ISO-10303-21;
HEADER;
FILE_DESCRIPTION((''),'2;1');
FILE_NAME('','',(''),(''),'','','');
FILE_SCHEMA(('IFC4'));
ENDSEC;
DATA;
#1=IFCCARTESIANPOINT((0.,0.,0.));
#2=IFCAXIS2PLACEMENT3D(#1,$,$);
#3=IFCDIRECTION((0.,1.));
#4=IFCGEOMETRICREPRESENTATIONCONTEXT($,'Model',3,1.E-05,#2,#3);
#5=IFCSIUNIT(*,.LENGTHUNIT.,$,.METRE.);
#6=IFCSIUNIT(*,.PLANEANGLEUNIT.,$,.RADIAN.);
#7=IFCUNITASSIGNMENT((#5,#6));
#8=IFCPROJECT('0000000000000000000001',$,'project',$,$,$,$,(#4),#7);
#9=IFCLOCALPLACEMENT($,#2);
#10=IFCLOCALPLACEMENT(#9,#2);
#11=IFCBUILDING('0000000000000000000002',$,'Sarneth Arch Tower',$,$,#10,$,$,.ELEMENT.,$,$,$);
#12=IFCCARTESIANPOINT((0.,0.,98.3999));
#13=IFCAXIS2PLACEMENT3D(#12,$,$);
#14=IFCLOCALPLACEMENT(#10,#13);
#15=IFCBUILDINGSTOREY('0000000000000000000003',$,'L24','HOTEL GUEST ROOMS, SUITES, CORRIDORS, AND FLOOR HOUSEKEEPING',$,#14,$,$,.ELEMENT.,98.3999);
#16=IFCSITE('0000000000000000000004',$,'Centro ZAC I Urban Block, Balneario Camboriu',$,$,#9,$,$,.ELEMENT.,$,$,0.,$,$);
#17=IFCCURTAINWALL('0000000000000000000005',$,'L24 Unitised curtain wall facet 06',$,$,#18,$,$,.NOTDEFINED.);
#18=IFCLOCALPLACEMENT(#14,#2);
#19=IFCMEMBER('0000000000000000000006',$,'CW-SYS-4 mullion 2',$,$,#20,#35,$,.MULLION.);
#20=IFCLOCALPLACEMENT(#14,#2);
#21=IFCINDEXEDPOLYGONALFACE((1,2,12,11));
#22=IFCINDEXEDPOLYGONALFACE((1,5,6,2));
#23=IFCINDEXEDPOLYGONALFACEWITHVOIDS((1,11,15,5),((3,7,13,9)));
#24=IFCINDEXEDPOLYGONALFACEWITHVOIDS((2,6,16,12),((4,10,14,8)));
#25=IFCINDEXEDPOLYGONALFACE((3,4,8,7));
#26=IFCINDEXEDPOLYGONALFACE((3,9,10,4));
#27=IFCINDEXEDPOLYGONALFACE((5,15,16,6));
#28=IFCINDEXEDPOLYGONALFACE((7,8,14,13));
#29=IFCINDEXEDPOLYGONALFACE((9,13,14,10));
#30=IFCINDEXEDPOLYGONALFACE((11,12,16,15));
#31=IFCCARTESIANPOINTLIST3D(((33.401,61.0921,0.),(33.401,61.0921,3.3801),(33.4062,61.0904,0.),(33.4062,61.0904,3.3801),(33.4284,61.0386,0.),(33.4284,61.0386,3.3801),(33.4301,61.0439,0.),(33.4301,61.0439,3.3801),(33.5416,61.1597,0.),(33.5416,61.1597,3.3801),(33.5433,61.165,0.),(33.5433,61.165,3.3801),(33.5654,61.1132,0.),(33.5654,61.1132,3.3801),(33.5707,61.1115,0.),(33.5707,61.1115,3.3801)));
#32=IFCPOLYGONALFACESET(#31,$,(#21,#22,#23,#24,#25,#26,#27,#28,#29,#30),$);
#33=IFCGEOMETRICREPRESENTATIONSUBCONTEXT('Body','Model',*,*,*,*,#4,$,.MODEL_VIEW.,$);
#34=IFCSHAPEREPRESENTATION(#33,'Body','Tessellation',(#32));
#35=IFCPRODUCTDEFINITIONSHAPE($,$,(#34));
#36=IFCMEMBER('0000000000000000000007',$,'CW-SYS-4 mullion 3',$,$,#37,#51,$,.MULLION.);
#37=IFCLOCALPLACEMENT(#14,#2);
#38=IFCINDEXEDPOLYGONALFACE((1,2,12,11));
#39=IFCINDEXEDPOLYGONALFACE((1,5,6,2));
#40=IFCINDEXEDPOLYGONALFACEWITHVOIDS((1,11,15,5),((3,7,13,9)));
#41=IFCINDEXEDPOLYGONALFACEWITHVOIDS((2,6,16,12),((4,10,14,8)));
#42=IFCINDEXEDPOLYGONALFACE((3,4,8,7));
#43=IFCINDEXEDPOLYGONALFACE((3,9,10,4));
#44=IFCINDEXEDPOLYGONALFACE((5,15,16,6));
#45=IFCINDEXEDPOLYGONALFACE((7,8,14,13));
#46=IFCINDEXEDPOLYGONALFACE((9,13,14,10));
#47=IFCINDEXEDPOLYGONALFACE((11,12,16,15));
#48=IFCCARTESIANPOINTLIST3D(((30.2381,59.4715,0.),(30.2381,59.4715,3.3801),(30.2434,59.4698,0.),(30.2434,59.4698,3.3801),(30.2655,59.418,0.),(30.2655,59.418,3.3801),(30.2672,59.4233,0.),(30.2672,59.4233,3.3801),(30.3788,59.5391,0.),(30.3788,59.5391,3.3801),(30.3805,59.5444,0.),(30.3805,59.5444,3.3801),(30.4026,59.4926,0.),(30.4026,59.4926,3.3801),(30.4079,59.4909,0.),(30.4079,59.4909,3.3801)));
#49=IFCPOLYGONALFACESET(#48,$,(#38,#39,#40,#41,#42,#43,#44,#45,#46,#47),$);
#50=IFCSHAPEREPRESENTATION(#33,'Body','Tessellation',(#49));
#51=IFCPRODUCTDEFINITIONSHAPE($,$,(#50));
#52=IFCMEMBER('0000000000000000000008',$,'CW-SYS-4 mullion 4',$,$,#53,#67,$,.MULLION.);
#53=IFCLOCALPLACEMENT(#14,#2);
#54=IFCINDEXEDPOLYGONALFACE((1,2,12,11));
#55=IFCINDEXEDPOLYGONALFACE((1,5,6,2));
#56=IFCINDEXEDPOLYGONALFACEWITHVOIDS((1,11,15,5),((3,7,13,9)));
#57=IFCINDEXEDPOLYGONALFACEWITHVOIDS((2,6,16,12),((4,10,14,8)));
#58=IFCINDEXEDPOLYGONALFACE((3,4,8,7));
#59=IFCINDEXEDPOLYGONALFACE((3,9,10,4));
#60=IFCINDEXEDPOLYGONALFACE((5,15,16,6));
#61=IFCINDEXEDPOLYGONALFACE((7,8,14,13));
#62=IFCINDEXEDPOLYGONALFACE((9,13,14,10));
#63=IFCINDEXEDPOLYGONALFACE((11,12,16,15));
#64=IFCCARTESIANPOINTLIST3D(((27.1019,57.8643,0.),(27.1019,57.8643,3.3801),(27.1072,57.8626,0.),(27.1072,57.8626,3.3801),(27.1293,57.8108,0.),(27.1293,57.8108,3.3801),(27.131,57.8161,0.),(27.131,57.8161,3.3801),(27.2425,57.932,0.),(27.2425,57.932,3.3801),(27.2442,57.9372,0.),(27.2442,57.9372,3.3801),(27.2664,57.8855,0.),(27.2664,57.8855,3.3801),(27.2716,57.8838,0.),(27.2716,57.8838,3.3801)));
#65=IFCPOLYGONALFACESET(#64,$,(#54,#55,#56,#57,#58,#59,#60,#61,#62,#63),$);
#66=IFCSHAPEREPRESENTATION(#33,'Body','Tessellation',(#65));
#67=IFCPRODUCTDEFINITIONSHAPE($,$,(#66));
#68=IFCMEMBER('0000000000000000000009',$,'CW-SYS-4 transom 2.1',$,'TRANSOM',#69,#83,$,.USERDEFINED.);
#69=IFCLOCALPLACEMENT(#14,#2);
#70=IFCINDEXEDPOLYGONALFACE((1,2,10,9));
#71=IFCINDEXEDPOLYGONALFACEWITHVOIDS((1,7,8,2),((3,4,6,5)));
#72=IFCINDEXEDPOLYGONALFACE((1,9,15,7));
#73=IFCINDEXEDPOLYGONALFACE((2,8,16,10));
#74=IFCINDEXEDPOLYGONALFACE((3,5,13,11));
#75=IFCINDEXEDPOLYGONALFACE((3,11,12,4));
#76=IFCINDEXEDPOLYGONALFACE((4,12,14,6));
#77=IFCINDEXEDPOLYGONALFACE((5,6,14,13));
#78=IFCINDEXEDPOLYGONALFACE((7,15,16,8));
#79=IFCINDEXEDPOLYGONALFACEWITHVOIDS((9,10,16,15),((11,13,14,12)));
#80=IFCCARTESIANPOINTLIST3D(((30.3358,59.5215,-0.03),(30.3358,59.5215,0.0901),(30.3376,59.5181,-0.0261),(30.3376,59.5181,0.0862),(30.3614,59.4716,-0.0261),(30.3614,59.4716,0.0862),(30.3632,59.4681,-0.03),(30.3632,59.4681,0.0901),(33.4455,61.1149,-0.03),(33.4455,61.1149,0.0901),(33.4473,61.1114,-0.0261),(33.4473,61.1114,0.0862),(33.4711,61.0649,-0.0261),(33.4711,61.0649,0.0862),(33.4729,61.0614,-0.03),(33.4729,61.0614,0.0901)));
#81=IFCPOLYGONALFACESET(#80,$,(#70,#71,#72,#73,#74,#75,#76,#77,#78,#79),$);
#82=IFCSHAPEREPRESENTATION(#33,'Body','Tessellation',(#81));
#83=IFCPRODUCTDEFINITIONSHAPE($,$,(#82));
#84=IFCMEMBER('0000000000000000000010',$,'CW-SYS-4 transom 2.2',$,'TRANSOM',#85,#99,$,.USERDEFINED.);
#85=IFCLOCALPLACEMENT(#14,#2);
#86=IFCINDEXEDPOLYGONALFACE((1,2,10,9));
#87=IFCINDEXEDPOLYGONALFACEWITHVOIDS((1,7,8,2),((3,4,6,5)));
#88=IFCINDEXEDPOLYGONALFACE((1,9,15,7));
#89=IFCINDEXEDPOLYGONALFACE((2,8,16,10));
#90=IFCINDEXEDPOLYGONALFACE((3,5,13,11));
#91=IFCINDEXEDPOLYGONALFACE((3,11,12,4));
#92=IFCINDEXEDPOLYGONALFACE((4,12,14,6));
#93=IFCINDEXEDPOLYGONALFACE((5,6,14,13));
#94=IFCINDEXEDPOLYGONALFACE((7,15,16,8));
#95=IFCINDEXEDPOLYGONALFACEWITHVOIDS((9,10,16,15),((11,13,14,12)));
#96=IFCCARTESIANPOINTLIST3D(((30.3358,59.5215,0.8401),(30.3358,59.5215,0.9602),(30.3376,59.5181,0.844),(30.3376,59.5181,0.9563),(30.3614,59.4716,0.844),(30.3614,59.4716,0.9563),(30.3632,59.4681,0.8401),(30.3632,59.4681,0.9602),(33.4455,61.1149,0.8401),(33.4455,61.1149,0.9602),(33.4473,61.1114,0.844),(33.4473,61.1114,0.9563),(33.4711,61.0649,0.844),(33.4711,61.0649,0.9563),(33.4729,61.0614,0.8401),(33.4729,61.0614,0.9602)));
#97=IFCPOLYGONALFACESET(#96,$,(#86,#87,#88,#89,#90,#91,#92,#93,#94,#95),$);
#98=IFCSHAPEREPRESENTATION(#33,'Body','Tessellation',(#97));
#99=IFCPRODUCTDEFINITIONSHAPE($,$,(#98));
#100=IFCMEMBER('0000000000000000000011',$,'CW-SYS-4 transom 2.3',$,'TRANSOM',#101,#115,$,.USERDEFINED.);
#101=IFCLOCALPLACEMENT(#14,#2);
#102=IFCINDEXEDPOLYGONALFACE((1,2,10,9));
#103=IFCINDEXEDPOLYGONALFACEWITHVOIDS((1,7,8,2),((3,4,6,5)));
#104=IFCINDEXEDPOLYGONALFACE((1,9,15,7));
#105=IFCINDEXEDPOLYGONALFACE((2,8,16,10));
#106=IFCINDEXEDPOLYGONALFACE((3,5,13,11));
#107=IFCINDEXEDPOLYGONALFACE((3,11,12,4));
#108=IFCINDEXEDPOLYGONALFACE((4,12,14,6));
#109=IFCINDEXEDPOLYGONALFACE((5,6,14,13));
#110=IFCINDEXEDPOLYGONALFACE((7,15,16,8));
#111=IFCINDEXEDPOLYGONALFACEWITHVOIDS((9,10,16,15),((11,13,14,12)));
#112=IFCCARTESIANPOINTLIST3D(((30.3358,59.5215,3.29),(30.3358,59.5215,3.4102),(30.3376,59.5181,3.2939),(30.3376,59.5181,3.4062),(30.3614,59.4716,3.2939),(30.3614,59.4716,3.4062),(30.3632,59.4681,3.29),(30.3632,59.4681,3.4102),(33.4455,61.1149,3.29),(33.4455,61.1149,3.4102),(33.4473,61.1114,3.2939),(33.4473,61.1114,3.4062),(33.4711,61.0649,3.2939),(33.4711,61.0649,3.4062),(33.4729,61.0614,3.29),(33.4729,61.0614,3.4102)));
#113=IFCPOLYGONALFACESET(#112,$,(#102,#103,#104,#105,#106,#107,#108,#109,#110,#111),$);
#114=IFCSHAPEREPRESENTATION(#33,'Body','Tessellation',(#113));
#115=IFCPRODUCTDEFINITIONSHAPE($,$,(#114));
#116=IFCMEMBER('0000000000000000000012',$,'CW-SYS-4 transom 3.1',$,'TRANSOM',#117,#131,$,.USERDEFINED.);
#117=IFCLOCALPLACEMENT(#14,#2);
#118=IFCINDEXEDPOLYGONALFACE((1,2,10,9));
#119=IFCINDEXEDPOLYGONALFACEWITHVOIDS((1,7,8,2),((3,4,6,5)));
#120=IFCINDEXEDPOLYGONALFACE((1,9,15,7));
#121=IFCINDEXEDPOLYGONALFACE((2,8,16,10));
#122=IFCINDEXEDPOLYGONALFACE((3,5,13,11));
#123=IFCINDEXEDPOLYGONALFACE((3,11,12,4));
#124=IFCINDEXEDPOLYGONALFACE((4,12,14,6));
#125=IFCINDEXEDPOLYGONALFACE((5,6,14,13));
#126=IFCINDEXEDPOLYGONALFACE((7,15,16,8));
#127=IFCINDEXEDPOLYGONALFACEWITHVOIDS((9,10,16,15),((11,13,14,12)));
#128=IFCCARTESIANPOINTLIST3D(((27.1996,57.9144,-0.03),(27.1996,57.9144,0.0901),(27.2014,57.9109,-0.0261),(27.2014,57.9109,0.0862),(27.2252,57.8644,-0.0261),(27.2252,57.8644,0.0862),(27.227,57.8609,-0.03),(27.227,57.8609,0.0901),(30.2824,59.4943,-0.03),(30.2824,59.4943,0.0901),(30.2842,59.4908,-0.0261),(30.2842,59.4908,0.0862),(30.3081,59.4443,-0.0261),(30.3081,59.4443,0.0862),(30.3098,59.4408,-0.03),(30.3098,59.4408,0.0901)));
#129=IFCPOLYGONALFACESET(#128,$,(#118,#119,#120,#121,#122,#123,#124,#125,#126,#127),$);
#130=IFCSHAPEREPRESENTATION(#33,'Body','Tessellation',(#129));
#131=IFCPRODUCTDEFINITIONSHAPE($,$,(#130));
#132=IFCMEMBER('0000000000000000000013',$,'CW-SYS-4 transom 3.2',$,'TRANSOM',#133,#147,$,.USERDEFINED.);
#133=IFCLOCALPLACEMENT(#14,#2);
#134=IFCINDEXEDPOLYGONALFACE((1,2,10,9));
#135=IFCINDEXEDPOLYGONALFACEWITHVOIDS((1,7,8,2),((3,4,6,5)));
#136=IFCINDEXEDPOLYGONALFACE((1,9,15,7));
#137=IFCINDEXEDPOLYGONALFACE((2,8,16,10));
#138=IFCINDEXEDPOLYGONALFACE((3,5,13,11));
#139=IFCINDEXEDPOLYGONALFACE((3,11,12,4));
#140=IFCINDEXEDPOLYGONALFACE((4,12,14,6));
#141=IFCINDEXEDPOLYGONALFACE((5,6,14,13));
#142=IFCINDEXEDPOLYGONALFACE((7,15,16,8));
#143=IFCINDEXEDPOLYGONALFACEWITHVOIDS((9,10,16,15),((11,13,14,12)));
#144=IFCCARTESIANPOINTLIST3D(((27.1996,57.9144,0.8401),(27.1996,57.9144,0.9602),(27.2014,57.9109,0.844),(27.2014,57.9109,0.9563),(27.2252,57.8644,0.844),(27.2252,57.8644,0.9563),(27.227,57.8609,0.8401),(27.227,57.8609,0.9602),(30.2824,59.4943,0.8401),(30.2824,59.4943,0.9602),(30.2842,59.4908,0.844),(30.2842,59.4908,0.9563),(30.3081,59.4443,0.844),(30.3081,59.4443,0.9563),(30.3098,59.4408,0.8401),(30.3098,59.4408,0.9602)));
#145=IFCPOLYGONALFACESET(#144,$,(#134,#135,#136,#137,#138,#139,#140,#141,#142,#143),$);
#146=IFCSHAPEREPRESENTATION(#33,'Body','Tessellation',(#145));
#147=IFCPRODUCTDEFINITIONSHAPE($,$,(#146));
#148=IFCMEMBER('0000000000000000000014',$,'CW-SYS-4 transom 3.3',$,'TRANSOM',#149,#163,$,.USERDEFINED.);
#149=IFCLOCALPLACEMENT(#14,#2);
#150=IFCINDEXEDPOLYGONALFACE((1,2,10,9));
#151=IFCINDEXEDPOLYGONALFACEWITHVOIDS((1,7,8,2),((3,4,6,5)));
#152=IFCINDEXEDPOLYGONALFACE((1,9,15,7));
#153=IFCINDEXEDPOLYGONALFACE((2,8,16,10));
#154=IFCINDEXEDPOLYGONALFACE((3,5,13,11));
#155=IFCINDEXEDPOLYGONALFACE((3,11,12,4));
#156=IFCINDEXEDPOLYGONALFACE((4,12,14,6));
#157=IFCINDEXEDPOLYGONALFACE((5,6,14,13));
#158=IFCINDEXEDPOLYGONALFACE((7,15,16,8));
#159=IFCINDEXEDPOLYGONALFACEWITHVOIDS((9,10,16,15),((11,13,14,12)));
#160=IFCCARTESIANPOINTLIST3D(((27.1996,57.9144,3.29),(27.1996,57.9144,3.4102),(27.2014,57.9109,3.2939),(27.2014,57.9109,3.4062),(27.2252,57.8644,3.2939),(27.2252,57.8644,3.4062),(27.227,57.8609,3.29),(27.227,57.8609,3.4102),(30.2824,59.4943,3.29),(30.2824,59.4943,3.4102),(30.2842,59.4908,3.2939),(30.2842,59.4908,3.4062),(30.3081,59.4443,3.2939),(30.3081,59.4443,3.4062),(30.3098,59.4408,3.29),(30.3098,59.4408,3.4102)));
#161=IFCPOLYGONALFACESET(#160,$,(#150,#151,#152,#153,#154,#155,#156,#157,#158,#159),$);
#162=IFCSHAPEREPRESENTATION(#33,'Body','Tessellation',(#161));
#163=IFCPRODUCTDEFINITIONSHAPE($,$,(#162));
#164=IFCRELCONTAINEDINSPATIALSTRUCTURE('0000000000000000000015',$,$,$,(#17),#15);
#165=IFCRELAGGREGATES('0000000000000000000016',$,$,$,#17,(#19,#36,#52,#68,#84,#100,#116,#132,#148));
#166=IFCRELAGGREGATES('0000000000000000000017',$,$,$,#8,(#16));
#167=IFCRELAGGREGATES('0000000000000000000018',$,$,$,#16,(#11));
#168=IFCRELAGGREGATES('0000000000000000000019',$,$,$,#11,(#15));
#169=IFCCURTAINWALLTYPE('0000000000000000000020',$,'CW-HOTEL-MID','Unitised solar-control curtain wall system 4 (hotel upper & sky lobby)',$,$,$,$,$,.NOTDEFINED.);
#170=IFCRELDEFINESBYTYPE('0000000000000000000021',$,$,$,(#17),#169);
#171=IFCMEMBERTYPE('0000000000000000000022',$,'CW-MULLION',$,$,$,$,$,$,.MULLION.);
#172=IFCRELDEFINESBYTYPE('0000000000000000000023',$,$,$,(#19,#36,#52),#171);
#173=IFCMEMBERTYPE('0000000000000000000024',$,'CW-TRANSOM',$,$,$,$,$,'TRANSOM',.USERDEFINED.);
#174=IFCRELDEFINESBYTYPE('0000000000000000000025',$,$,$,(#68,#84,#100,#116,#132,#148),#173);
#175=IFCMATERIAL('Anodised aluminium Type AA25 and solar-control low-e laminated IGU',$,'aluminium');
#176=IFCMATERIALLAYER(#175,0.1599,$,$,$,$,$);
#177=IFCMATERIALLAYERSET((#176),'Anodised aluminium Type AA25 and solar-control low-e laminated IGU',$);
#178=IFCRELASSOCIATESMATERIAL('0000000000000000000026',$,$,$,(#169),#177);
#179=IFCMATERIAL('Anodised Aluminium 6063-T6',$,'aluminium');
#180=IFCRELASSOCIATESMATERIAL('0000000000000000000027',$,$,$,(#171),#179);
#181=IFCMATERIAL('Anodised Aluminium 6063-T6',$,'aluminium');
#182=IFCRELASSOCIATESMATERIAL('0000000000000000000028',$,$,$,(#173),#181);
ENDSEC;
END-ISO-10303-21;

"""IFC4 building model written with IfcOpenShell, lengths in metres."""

from ifc_helpers import new_model, si_unit, direction, frame, origin, origin_2d, place, context, subcontext, project, spatial, hollow_rectangle, extrude, material, layer, layer_set, material_profile, profile_set, type_object, element, aggregate, save


model = new_model("IFC4")

# Units and contexts
model_context = context("Model", 3, precision=1e-05, world=origin(), true_north=direction((0.0, 1.0)))
body_context = subcontext(model_context, "Body", "Model", "MODEL_VIEW")
ifc_project = project(units=[si_unit("LENGTHUNIT", "METRE"), si_unit("PLANEANGLEUNIT", "RADIAN")], contexts=[model_context])

# Site, building, storey
site_placement = place(None, origin())
site = spatial("IfcSite", under=ifc_project, at=site_placement, Name="Centro ZAC I Urban Block, Balneario Camboriu", CompositionType="ELEMENT", RefElevation=0.0)
building_placement = place(site_placement, origin())
building = spatial("IfcBuilding", under=site, at=building_placement, Name="Sarneth Arch Tower", CompositionType="ELEMENT")
storey_placement = place(building_placement, frame((0.0, 0.0, 98.3999)))
storey = spatial("IfcBuildingStorey", under=building, at=storey_placement, Name="L24", Description="HOTEL GUEST ROOMS, SUITES, CORRIDORS, AND FLOOR HOUSEKEEPING", CompositionType="ELEMENT", Elevation=98.3999)

# Curtain wall, members
ifc_material_1 = material(Name="Anodised aluminium Type AA25 and solar-control low-e laminated IGU", Category="aluminium")
ifc_layer_1 = layer(ifc_material_1, 0.1599)
ifc_layer_set_1 = layer_set([ifc_layer_1], Name="Anodised aluminium Type AA25 and solar-control low-e laminated IGU")
curtain_wall_type = type_object("IfcCurtainWallType", Name="CW-HOTEL-MID", Description="Unitised solar-control curtain wall system 4 (hotel upper & sky lobby)", PredefinedType="NOTDEFINED", material=ifc_layer_set_1)
curtain_wall_placement = place(storey_placement, origin())
curtain_wall = element("IfcCurtainWall", 1, at=curtain_wall_placement, inside=storey, type_object=curtain_wall_type, Name="L24 Unitised curtain wall facet 06", PredefinedType="NOTDEFINED")
ifc_material_2 = material(Name="Anodised Aluminium 6063-T6", Category="aluminium")
ifc_material_profile_1 = material_profile(ifc_material_2, hollow_rectangle(XDim=0.0601, YDim=0.1599, WallThickness=0.0039, at=origin_2d()), Name="AL-MULL-160x60x4")
ifc_profile_set_1 = profile_set([ifc_material_profile_1], Name="Anodised Aluminium 6063-T6")
member_type_1 = type_object("IfcMemberType", Name="CW-MULLION", PredefinedType="MULLION", material=ifc_profile_set_1)
member_1_placement = place(storey_placement, frame((33.4858, 61.1018, 0.0), z_axis=(0.0, 0.0, 1.0), x_axis=(0.456031, -0.889964, 0.0)))
member_1 = element("IfcMember", 2, at=member_1_placement, type_object=member_type_1, Name="CW-SYS-4 mullion 2", PredefinedType="MULLION", context=body_context, shape_type="SweptSolid", body=[
    extrude(hollow_rectangle(XDim=0.0601, YDim=0.1599, WallThickness=0.0039, at=origin_2d()), origin(), (0.0, 0.0, 1.0), 3.3801),
])
member_2_placement = place(storey_placement, frame((30.323, 59.4812, 0.0), z_axis=(0.0, 0.0, 1.0), x_axis=(0.456031, -0.889964, 0.0)))
member_2 = element("IfcMember", 3, at=member_2_placement, type_object=member_type_1, Name="CW-SYS-4 mullion 3", PredefinedType="MULLION", context=body_context, shape_type="SweptSolid", body=[
    extrude(hollow_rectangle(XDim=0.0601, YDim=0.1599, WallThickness=0.0039, at=origin_2d()), origin(), (0.0, 0.0, 1.0), 3.3801),
])
member_3_placement = place(storey_placement, frame((27.1868, 57.874, 0.0), z_axis=(0.0, 0.0, 1.0), x_axis=(0.456031, -0.889964, 0.0)))
member_3 = element("IfcMember", 4, at=member_3_placement, type_object=member_type_1, Name="CW-SYS-4 mullion 4", PredefinedType="MULLION", context=body_context, shape_type="SweptSolid", body=[
    extrude(hollow_rectangle(XDim=0.0601, YDim=0.1599, WallThickness=0.0039, at=origin_2d()), origin(), (0.0, 0.0, 1.0), 3.3801),
])
ifc_material_3 = material(Name="Anodised Aluminium 6063-T6", Category="aluminium")
ifc_material_profile_2 = material_profile(ifc_material_3, hollow_rectangle(XDim=0.0601, YDim=0.1201, WallThickness=0.0039, at=origin_2d()), Name="AL-TRAN-120x60x4")
ifc_profile_set_2 = profile_set([ifc_material_profile_2], Name="Anodised Aluminium 6063-T6")
member_type_2 = type_object("IfcMemberType", Name="CW-TRANSOM", ElementType="TRANSOM", PredefinedType="USERDEFINED", material=ifc_profile_set_2)
member_4_placement = place(storey_placement, frame((33.4592, 61.0881, 0.03), z_axis=(-0.889982, -0.455996, 0.0), x_axis=(0.455996, -0.889982, 0.0)))
member_4 = element("IfcMember", 5, at=member_4_placement, type_object=member_type_2, Name="CW-SYS-4 transom 2.1", ObjectType="TRANSOM", PredefinedType="USERDEFINED", context=body_context, shape_type="SweptSolid", body=[
    extrude(hollow_rectangle(XDim=0.0601, YDim=0.1201, WallThickness=0.0039, at=origin_2d()), origin(), (0.0, 0.0, 1.0), 3.4941),
])
member_5_placement = place(storey_placement, frame((33.4592, 61.0881, 0.9001), z_axis=(-0.889982, -0.455996, 0.0), x_axis=(0.455996, -0.889982, 0.0)))
member_5 = element("IfcMember", 6, at=member_5_placement, type_object=member_type_2, Name="CW-SYS-4 transom 2.2", ObjectType="TRANSOM", PredefinedType="USERDEFINED", context=body_context, shape_type="SweptSolid", body=[
    extrude(hollow_rectangle(XDim=0.0601, YDim=0.1201, WallThickness=0.0039, at=origin_2d()), origin(), (0.0, 0.0, 1.0), 3.4941),
])
member_6_placement = place(storey_placement, frame((33.4592, 61.0881, 3.3501), z_axis=(-0.889982, -0.455996, 0.0), x_axis=(0.455996, -0.889982, 0.0)))
member_6 = element("IfcMember", 7, at=member_6_placement, type_object=member_type_2, Name="CW-SYS-4 transom 2.3", ObjectType="TRANSOM", PredefinedType="USERDEFINED", context=body_context, shape_type="SweptSolid", body=[
    extrude(hollow_rectangle(XDim=0.0601, YDim=0.1201, WallThickness=0.0039, at=origin_2d()), origin(), (0.0, 0.0, 1.0), 3.4941),
])
member_7_placement = place(storey_placement, frame((30.2961, 59.4675, 0.03), z_axis=(-0.889943, -0.456072, 0.0), x_axis=(0.456072, -0.889943, 0.0)))
member_7 = element("IfcMember", 8, at=member_7_placement, type_object=member_type_2, Name="CW-SYS-4 transom 3.1", ObjectType="TRANSOM", PredefinedType="USERDEFINED", context=body_context, shape_type="SweptSolid", body=[
    extrude(hollow_rectangle(XDim=0.0601, YDim=0.1201, WallThickness=0.0039, at=origin_2d()), origin(), (0.0, 0.0, 1.0), 3.4641),
])
member_8_placement = place(storey_placement, frame((30.2961, 59.4675, 0.9001), z_axis=(-0.889943, -0.456072, 0.0), x_axis=(0.456072, -0.889943, 0.0)))
member_8 = element("IfcMember", 9, at=member_8_placement, type_object=member_type_2, Name="CW-SYS-4 transom 3.2", ObjectType="TRANSOM", PredefinedType="USERDEFINED", context=body_context, shape_type="SweptSolid", body=[
    extrude(hollow_rectangle(XDim=0.0601, YDim=0.1201, WallThickness=0.0039, at=origin_2d()), origin(), (0.0, 0.0, 1.0), 3.4641),
])
member_9_placement = place(storey_placement, frame((30.2961, 59.4675, 3.3501), z_axis=(-0.889943, -0.456072, 0.0), x_axis=(0.456072, -0.889943, 0.0)))
member_9 = element("IfcMember", 10, at=member_9_placement, type_object=member_type_2, Name="CW-SYS-4 transom 3.3", ObjectType="TRANSOM", PredefinedType="USERDEFINED", context=body_context, shape_type="SweptSolid", body=[
    extrude(hollow_rectangle(XDim=0.0601, YDim=0.1201, WallThickness=0.0039, at=origin_2d()), origin(), (0.0, 0.0, 1.0), 3.4641),
])

aggregate(curtain_wall, [member_1, member_2, member_3, member_4, member_5, member_6, member_7, member_8, member_9])

save(model, "model.ifc")
